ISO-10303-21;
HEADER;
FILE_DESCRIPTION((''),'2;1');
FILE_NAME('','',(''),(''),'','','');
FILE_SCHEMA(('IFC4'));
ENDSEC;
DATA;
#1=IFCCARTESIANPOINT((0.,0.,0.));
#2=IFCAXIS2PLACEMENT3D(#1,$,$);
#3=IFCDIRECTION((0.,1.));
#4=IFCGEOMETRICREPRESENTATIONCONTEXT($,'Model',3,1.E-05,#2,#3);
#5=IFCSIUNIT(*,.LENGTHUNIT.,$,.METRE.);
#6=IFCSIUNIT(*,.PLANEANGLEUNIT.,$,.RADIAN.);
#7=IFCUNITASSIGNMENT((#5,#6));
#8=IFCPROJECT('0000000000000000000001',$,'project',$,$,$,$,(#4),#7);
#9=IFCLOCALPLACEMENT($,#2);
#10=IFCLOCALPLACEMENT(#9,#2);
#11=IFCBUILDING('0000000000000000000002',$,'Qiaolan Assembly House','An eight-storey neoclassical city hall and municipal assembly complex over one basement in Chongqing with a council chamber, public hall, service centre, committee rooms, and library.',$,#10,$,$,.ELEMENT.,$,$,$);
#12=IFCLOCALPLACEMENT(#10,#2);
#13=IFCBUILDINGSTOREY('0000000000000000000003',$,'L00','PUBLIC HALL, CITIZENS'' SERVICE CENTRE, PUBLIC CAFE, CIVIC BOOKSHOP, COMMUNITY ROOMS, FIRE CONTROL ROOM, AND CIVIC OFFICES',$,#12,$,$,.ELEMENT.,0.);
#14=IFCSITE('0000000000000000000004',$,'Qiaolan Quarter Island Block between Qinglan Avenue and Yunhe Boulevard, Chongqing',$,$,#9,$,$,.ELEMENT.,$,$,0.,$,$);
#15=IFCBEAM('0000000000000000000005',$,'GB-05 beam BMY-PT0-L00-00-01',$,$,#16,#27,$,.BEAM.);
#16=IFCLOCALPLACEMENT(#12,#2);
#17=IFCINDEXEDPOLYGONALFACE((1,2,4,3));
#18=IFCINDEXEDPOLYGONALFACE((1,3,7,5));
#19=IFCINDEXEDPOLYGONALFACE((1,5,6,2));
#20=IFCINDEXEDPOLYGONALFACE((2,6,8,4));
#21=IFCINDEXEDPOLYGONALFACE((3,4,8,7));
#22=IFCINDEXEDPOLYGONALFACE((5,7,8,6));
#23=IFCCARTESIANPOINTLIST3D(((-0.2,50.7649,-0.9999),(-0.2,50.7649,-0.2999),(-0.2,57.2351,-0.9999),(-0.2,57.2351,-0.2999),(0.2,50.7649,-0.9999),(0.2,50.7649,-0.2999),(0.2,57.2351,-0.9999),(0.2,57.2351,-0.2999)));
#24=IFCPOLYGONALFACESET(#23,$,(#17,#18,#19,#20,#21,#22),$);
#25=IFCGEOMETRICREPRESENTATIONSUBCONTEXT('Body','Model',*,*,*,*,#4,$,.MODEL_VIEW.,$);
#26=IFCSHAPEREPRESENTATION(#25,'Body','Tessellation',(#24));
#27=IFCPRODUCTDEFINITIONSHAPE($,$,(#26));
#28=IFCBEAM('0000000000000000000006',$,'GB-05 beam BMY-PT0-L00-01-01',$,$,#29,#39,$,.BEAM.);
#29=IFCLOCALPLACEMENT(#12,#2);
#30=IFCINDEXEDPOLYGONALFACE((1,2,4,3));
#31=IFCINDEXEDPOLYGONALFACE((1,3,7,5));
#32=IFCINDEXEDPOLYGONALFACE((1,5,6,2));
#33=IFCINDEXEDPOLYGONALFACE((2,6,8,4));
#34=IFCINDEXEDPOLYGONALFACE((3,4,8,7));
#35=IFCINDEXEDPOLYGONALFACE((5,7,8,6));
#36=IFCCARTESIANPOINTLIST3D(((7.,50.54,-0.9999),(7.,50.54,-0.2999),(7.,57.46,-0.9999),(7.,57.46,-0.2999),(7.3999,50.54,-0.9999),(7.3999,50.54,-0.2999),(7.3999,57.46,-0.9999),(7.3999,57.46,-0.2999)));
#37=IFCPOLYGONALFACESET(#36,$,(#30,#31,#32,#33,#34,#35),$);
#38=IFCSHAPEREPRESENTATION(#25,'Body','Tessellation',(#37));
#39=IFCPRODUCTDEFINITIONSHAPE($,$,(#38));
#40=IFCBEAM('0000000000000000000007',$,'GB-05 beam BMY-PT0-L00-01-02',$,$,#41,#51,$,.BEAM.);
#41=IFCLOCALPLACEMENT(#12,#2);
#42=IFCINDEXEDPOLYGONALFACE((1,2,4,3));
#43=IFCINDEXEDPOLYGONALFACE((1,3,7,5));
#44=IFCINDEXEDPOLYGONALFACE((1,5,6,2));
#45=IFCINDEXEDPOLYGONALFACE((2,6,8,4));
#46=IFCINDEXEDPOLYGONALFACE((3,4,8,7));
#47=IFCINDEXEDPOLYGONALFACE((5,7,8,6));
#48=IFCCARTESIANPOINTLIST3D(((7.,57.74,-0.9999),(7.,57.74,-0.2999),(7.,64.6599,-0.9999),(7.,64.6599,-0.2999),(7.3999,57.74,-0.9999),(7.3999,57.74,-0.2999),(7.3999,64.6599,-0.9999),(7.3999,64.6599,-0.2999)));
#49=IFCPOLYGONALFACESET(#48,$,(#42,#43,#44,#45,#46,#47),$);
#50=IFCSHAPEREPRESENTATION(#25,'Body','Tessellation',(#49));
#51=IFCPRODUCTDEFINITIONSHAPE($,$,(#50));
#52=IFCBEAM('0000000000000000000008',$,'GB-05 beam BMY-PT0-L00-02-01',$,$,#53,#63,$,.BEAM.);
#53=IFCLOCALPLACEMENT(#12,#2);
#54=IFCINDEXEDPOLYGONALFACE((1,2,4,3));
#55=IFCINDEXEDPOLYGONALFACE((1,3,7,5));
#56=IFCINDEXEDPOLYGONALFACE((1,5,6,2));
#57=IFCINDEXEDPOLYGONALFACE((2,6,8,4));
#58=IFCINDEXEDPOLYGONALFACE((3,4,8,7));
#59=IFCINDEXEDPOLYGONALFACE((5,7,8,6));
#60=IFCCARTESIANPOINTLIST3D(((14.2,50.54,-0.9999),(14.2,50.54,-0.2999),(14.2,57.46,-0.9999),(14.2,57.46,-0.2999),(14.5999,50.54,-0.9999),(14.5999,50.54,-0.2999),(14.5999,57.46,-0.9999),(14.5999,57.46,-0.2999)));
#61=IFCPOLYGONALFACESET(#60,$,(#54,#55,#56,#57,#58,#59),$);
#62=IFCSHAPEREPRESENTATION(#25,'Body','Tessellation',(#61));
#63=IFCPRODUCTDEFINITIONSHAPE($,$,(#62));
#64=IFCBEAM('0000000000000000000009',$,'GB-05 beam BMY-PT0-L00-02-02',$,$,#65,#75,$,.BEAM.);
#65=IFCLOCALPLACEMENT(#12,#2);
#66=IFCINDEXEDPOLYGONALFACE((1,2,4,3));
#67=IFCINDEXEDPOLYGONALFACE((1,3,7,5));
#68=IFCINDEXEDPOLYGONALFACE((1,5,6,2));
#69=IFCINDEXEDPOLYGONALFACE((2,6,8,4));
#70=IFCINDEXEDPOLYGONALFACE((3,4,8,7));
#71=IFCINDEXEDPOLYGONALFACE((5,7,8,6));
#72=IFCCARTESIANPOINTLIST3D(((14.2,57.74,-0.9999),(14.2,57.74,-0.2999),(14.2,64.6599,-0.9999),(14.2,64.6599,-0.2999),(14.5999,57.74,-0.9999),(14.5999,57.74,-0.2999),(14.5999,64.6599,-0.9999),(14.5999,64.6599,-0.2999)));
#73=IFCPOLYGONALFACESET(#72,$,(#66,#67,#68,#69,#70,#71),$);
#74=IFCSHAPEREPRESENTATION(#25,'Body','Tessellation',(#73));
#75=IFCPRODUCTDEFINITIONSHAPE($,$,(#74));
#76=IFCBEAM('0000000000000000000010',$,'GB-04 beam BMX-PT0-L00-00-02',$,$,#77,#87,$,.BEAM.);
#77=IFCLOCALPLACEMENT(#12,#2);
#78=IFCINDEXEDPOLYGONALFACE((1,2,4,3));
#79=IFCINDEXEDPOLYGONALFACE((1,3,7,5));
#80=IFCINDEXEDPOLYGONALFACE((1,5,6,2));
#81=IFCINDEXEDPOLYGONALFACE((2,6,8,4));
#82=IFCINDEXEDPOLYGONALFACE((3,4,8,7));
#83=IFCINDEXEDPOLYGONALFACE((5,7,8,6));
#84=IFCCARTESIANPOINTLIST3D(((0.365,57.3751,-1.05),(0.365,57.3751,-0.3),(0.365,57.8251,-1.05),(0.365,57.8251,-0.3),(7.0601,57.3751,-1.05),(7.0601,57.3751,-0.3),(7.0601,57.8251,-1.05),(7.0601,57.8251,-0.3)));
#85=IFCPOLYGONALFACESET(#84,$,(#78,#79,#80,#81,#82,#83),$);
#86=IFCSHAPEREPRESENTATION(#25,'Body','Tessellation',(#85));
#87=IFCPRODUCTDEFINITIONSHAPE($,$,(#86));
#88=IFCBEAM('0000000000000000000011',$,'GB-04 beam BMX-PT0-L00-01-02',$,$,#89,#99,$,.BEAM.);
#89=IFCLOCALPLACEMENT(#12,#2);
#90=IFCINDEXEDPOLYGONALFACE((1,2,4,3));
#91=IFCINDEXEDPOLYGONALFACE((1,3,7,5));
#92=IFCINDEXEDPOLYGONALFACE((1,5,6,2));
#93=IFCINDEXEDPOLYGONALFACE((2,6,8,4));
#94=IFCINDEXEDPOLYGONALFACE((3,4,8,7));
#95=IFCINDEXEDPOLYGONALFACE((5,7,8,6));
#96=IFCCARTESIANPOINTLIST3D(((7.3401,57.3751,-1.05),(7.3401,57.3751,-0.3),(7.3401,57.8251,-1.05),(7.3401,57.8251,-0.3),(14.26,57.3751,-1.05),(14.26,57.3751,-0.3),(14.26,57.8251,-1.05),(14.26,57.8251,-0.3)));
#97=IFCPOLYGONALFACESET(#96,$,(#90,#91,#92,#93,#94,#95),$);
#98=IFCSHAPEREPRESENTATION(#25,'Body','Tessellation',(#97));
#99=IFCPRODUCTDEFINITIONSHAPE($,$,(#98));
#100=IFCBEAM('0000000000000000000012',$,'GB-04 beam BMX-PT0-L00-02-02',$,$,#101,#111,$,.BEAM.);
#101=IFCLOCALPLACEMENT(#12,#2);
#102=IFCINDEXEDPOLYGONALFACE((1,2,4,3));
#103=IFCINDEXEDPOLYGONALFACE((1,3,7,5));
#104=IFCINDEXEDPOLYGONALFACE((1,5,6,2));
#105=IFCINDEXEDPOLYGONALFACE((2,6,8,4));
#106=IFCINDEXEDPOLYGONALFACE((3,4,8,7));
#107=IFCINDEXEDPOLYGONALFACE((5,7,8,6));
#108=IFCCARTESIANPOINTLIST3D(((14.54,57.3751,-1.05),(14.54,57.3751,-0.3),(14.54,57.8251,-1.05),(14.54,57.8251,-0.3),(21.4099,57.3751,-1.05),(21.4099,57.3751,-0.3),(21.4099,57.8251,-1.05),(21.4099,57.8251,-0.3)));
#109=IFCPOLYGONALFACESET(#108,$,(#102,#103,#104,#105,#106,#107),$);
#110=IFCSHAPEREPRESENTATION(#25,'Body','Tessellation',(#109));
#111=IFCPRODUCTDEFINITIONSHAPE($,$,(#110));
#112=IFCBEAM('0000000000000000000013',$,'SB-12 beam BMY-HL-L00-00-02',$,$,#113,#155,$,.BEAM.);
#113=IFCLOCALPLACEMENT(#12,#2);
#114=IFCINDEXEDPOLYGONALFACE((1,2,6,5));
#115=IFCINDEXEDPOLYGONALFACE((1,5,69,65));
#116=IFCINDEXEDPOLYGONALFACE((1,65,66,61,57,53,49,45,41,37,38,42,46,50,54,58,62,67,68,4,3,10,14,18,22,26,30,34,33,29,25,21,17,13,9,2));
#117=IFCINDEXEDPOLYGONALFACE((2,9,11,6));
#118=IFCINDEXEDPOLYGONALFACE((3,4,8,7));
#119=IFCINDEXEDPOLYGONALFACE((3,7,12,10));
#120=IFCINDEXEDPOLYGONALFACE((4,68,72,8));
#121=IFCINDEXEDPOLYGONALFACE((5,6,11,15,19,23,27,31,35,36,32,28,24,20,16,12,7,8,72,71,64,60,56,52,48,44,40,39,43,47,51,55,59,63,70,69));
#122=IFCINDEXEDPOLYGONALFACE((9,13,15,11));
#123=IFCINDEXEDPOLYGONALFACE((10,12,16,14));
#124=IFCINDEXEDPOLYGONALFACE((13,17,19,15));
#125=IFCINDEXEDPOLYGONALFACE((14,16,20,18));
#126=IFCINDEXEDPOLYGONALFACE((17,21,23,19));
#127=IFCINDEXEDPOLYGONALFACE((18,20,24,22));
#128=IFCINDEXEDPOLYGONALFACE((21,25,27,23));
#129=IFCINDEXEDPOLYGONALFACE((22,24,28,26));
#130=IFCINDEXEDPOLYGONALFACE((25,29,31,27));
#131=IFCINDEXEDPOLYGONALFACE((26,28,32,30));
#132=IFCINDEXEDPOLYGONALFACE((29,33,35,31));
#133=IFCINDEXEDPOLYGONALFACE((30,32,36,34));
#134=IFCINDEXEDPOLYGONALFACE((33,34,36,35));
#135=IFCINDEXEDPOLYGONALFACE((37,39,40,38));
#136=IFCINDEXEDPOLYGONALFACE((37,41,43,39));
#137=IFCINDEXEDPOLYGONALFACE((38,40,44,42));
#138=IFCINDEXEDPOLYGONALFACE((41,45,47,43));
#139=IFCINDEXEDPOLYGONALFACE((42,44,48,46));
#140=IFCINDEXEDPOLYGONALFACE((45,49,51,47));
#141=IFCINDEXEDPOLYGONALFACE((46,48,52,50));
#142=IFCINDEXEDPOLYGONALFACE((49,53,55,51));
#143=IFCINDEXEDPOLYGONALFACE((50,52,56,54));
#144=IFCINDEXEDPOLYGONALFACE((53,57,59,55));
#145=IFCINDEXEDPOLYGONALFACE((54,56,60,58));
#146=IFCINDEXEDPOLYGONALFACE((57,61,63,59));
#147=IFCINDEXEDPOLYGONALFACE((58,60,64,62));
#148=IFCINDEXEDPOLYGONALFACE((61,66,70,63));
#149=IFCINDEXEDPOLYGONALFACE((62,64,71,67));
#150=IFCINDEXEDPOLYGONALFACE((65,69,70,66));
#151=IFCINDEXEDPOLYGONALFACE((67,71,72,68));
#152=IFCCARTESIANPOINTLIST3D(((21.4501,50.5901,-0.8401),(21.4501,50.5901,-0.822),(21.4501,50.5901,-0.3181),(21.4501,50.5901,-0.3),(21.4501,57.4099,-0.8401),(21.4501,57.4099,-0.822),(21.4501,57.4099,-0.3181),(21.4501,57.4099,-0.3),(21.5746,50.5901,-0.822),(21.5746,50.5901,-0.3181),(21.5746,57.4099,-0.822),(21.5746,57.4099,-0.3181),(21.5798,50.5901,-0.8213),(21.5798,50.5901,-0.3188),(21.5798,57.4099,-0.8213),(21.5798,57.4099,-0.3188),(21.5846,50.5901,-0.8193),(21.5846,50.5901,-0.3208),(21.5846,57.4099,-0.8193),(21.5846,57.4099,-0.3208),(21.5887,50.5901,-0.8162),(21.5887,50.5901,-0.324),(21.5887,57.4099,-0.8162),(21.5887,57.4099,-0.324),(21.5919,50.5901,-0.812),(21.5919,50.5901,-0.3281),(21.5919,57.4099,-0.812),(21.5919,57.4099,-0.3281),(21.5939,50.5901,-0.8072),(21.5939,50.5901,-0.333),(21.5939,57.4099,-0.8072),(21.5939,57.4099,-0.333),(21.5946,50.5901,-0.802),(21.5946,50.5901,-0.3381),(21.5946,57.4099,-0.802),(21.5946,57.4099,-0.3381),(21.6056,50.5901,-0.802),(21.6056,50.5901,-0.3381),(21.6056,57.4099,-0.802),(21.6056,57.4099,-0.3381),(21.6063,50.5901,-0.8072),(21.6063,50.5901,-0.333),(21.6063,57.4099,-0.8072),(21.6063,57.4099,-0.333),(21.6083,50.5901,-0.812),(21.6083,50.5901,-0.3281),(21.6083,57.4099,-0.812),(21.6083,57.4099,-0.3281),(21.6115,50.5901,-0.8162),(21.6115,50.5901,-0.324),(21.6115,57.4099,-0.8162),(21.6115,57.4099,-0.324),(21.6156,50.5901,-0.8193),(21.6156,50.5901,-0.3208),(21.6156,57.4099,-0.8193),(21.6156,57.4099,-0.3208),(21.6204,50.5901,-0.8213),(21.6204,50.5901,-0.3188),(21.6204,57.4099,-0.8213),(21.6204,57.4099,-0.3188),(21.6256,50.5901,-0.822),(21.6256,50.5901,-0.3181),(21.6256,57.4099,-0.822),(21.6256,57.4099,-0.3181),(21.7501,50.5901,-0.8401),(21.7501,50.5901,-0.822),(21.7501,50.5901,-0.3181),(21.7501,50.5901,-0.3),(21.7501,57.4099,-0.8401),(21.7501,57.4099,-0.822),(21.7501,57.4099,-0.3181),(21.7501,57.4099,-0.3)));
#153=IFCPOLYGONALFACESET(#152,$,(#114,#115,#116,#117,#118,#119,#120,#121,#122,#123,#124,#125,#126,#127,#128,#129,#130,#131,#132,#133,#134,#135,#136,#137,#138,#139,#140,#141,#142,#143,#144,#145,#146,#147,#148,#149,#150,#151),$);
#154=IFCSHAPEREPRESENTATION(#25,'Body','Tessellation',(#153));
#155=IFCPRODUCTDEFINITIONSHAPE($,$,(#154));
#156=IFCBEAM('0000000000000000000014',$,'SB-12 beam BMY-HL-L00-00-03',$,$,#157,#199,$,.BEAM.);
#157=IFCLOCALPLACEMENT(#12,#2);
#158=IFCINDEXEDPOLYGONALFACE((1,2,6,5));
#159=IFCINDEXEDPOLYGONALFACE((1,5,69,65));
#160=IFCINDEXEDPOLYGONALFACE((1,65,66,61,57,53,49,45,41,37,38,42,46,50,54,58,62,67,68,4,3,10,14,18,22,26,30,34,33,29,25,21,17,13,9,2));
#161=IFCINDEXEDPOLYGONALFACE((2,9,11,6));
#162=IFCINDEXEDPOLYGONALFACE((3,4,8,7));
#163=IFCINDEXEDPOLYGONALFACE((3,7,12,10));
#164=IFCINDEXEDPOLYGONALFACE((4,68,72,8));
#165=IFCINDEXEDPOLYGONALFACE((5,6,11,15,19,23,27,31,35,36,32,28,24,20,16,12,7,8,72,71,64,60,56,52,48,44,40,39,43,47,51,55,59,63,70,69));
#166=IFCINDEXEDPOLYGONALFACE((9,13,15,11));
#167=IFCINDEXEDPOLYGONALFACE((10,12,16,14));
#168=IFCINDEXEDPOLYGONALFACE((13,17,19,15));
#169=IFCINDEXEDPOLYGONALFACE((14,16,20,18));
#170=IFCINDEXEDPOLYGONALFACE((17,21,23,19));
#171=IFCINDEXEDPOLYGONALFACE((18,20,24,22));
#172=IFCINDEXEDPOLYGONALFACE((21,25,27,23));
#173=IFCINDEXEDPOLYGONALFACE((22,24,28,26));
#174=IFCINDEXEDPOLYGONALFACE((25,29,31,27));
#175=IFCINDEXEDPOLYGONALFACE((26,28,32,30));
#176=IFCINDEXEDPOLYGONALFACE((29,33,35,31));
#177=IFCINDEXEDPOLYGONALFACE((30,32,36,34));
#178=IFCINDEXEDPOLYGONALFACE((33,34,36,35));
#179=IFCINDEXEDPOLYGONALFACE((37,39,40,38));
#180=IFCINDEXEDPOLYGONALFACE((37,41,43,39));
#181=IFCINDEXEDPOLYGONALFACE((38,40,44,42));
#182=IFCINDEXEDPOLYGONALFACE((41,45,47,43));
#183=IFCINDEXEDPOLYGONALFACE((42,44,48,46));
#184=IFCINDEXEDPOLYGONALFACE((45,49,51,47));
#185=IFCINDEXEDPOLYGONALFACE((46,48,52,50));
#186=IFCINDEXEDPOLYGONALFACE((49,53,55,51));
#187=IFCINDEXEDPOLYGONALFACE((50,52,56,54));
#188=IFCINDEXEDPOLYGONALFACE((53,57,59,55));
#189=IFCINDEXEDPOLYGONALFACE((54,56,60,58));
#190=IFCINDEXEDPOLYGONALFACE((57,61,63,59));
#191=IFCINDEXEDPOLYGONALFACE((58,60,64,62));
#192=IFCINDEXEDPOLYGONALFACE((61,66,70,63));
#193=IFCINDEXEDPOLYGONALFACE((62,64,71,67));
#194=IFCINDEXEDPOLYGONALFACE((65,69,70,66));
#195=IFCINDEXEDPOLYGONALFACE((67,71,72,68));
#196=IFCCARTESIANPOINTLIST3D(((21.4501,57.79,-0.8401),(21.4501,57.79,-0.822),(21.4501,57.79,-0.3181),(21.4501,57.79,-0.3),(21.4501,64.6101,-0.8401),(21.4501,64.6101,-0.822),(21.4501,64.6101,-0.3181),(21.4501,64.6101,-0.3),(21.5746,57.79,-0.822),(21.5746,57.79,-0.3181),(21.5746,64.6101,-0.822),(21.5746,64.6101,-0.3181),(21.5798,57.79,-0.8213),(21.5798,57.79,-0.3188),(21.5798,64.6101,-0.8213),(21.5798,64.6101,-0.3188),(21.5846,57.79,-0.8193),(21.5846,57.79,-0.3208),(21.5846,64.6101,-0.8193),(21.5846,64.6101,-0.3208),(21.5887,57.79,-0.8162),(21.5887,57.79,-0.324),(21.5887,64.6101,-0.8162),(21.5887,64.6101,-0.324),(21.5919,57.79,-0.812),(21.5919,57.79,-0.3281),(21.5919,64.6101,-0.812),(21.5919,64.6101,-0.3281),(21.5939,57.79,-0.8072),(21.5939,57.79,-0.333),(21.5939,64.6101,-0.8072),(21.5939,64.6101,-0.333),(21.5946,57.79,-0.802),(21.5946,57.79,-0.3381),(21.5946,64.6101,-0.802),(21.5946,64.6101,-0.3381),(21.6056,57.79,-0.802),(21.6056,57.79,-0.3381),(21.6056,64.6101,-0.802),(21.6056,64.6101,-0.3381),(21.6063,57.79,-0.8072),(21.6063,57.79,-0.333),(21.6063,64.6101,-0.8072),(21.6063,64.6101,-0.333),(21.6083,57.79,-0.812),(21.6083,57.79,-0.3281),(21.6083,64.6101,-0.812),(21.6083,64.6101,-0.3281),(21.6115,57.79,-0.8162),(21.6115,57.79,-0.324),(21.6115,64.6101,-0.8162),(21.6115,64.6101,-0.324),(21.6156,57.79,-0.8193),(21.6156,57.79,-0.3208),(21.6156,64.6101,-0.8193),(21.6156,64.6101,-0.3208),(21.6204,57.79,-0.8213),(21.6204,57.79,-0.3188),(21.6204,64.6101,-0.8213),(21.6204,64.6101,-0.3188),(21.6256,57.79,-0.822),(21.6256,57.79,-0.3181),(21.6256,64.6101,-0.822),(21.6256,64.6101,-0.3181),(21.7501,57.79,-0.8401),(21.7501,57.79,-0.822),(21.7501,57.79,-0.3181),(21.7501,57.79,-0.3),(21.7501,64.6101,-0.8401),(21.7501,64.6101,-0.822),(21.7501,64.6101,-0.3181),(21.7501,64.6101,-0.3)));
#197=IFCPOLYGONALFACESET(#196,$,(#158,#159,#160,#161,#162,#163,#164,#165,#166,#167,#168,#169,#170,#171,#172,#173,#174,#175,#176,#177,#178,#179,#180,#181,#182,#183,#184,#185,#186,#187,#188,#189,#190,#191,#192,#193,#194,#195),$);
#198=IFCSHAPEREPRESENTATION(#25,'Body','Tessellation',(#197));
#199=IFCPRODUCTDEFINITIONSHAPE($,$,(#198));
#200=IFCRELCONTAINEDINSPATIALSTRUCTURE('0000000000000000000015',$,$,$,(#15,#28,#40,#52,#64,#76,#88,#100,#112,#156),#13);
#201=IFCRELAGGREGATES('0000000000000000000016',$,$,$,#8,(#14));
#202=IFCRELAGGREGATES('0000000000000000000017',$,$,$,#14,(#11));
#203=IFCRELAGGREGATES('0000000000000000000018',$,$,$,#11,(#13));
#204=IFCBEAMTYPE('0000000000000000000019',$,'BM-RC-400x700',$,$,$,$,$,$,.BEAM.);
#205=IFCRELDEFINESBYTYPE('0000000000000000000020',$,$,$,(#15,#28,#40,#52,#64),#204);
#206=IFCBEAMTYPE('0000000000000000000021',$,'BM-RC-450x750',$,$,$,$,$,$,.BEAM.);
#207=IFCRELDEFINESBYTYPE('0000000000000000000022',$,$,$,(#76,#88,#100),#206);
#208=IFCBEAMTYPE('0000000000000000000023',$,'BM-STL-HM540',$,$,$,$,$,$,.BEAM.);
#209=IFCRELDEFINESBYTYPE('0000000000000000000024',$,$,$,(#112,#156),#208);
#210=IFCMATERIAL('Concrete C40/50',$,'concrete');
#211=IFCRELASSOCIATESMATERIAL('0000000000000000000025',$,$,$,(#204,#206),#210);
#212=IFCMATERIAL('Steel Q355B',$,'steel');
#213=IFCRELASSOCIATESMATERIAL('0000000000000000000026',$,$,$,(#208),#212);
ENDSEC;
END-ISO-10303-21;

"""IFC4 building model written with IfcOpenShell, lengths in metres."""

from ifc_helpers import new_model, si_unit, direction, frame, origin, origin_2d, place, context, subcontext, project, spatial, rectangle, i_section, extrude, material, material_profile, profile_set, type_object, element, save


model = new_model("IFC4")

# Units and contexts
model_context = context("Model", 3, precision=1e-05, world=origin(), true_north=direction((0.0, 1.0)))
body_context = subcontext(model_context, "Body", "Model", "MODEL_VIEW")
ifc_project = project(units=[si_unit("LENGTHUNIT", "METRE"), si_unit("PLANEANGLEUNIT", "RADIAN")], contexts=[model_context])

# Site, building, storey
site_placement = place(None, origin())
site = spatial("IfcSite", under=ifc_project, at=site_placement, Name="Qiaolan Quarter Island Block between Qinglan Avenue and Yunhe Boulevard, Chongqing", CompositionType="ELEMENT", RefElevation=0.0)
building_placement = place(site_placement, origin())
building = spatial("IfcBuilding", under=site, at=building_placement, Name="Qiaolan Assembly House", Description="An eight-storey neoclassical city hall and municipal assembly complex over one basement in Chongqing with a council chamber, public hall, service centre, committee rooms, and library.", CompositionType="ELEMENT")
storey_placement = place(building_placement, origin())
storey = spatial("IfcBuildingStorey", under=building, at=storey_placement, Name="L00", Description="PUBLIC HALL, CITIZENS' SERVICE CENTRE, PUBLIC CAFE, CIVIC BOOKSHOP, COMMUNITY ROOMS, FIRE CONTROL ROOM, AND CIVIC OFFICES", CompositionType="ELEMENT", Elevation=0.0)

# Shared definitions
ifc_material_1 = material(Name="Steel Q355B", Category="steel")

# Beams
ifc_material_2 = material(Name="Concrete C40/50", Category="concrete")
ifc_material_profile_1 = material_profile(ifc_material_2, rectangle(XDim=0.3999, YDim=0.7, at=origin_2d()), Name="RCB 400x700")
ifc_profile_set_1 = profile_set([ifc_material_profile_1], Name="Concrete C40/50")
beam_type_1 = type_object("IfcBeamType", Name="BM-RC-400x700", PredefinedType="BEAM", material=ifc_profile_set_1)
beam_1_placement = place(storey_placement, frame((0.0, 50.7649, -0.6499), z_axis=(0.0, 1.0, 0.0), x_axis=(-1.0, 0.0, 0.0)))
element("IfcBeam", 1, at=beam_1_placement, inside=storey, type_object=beam_type_1, Name="GB-05 beam BMY-PT0-L00-00-01", PredefinedType="BEAM", context=body_context, shape_type="SweptSolid", body=[
    extrude(rectangle(XDim=0.3999, YDim=0.7, at=origin_2d()), origin(), (0.0, 0.0, 1.0), 6.4702),
])
for number, where, z_axis, x_axis, name in (
    (2, (7.2, 50.54, -0.6499), (0.0, 1.0, 0.0), (-1.0, 0.0, 0.0), "GB-05 beam BMY-PT0-L00-01-01"),
    (3, (7.2, 57.74, -0.6499), (0.0, 1.0, 0.0), (-1.0, 0.0, 0.0), "GB-05 beam BMY-PT0-L00-01-02"),
    (4, (14.3999, 50.54, -0.6499), (0.0, 1.0, 0.0), (-1.0, 0.0, 0.0), "GB-05 beam BMY-PT0-L00-02-01"),
    (5, (14.3999, 57.74, -0.6499), (0.0, 1.0, 0.0), (-1.0, 0.0, 0.0), "GB-05 beam BMY-PT0-L00-02-02"),
):
    element("IfcBeam", number, at=place(storey_placement, frame(where, z_axis=z_axis, x_axis=x_axis)), inside=storey, type_object=beam_type_1, Name=name, PredefinedType="BEAM", context=body_context, shape_type="SweptSolid", body=[
        extrude(rectangle(XDim=0.3999, YDim=0.7, at=origin_2d()), origin(), (0.0, 0.0, 1.0), 6.9199),
    ])
ifc_material_profile_2 = material_profile(ifc_material_2, rectangle(XDim=0.45, YDim=0.75, at=origin_2d()), Name="RCB 450x750")
ifc_profile_set_2 = profile_set([ifc_material_profile_2], Name="Concrete C40/50")
beam_type_2 = type_object("IfcBeamType", Name="BM-RC-450x750", PredefinedType="BEAM", material=ifc_profile_set_2)
beam_2_placement = place(storey_placement, frame((0.365, 57.6001, -0.675), z_axis=(1.0, 0.0, 0.0), x_axis=(0.0, 1.0, 0.0)))
element("IfcBeam", 6, at=beam_2_placement, inside=storey, type_object=beam_type_2, Name="GB-04 beam BMX-PT0-L00-00-02", PredefinedType="BEAM", context=body_context, shape_type="SweptSolid", body=[
    extrude(rectangle(XDim=0.45, YDim=0.75, at=origin_2d()), origin(), (0.0, 0.0, 1.0), 6.6951),
])
beam_3_placement = place(storey_placement, frame((7.3401, 57.6001, -0.675), z_axis=(1.0, 0.0, 0.0), x_axis=(0.0, 1.0, 0.0)))
element("IfcBeam", 7, at=beam_3_placement, inside=storey, type_object=beam_type_2, Name="GB-04 beam BMX-PT0-L00-01-02", PredefinedType="BEAM", context=body_context, shape_type="SweptSolid", body=[
    extrude(rectangle(XDim=0.45, YDim=0.75, at=origin_2d()), origin(), (0.0, 0.0, 1.0), 6.9199),
])
beam_4_placement = place(storey_placement, frame((14.54, 57.6001, -0.675), z_axis=(1.0, 0.0, 0.0), x_axis=(0.0, 1.0, 0.0)))
element("IfcBeam", 8, at=beam_4_placement, inside=storey, type_object=beam_type_2, Name="GB-04 beam BMX-PT0-L00-02-02", PredefinedType="BEAM", context=body_context, shape_type="SweptSolid", body=[
    extrude(rectangle(XDim=0.45, YDim=0.75, at=origin_2d()), origin(), (0.0, 0.0, 1.0), 6.8699),
])
ifc_material_profile_3 = material_profile(ifc_material_1, i_section(OverallWidth=0.3, OverallDepth=0.54, WebThickness=0.011, FlangeThickness=0.0181, FilletRadius=0.02, at=origin_2d()), Name="HM 540x300x11x18")
ifc_profile_set_3 = profile_set([ifc_material_profile_3], Name="Steel Q355B")
beam_type_3 = type_object("IfcBeamType", Name="BM-STL-HM540", PredefinedType="BEAM", material=ifc_profile_set_3)
beam_5_placement = place(storey_placement, frame((21.6001, 50.5901, -0.5701), z_axis=(0.0, 1.0, 0.0), x_axis=(-1.0, 0.0, 0.0)))
element("IfcBeam", 9, at=beam_5_placement, inside=storey, type_object=beam_type_3, Name="SB-12 beam BMY-HL-L00-00-02", PredefinedType="BEAM", context=body_context, shape_type="SweptSolid", body=[
    extrude(i_section(OverallWidth=0.3, OverallDepth=0.54, WebThickness=0.011, FlangeThickness=0.0181, FilletRadius=0.02, at=origin_2d()), origin(), (0.0, 0.0, 1.0), 6.8198),
])
beam_6_placement = place(storey_placement, frame((21.6001, 57.79, -0.5701), z_axis=(0.0, 1.0, 0.0), x_axis=(-1.0, 0.0, 0.0)))
element("IfcBeam", 10, at=beam_6_placement, inside=storey, type_object=beam_type_3, Name="SB-12 beam BMY-HL-L00-00-03", PredefinedType="BEAM", context=body_context, shape_type="SweptSolid", body=[
    extrude(i_section(OverallWidth=0.3, OverallDepth=0.54, WebThickness=0.011, FlangeThickness=0.0181, FilletRadius=0.02, at=origin_2d()), origin(), (0.0, 0.0, 1.0), 6.8201),
])

save(model, "model.ifc")
